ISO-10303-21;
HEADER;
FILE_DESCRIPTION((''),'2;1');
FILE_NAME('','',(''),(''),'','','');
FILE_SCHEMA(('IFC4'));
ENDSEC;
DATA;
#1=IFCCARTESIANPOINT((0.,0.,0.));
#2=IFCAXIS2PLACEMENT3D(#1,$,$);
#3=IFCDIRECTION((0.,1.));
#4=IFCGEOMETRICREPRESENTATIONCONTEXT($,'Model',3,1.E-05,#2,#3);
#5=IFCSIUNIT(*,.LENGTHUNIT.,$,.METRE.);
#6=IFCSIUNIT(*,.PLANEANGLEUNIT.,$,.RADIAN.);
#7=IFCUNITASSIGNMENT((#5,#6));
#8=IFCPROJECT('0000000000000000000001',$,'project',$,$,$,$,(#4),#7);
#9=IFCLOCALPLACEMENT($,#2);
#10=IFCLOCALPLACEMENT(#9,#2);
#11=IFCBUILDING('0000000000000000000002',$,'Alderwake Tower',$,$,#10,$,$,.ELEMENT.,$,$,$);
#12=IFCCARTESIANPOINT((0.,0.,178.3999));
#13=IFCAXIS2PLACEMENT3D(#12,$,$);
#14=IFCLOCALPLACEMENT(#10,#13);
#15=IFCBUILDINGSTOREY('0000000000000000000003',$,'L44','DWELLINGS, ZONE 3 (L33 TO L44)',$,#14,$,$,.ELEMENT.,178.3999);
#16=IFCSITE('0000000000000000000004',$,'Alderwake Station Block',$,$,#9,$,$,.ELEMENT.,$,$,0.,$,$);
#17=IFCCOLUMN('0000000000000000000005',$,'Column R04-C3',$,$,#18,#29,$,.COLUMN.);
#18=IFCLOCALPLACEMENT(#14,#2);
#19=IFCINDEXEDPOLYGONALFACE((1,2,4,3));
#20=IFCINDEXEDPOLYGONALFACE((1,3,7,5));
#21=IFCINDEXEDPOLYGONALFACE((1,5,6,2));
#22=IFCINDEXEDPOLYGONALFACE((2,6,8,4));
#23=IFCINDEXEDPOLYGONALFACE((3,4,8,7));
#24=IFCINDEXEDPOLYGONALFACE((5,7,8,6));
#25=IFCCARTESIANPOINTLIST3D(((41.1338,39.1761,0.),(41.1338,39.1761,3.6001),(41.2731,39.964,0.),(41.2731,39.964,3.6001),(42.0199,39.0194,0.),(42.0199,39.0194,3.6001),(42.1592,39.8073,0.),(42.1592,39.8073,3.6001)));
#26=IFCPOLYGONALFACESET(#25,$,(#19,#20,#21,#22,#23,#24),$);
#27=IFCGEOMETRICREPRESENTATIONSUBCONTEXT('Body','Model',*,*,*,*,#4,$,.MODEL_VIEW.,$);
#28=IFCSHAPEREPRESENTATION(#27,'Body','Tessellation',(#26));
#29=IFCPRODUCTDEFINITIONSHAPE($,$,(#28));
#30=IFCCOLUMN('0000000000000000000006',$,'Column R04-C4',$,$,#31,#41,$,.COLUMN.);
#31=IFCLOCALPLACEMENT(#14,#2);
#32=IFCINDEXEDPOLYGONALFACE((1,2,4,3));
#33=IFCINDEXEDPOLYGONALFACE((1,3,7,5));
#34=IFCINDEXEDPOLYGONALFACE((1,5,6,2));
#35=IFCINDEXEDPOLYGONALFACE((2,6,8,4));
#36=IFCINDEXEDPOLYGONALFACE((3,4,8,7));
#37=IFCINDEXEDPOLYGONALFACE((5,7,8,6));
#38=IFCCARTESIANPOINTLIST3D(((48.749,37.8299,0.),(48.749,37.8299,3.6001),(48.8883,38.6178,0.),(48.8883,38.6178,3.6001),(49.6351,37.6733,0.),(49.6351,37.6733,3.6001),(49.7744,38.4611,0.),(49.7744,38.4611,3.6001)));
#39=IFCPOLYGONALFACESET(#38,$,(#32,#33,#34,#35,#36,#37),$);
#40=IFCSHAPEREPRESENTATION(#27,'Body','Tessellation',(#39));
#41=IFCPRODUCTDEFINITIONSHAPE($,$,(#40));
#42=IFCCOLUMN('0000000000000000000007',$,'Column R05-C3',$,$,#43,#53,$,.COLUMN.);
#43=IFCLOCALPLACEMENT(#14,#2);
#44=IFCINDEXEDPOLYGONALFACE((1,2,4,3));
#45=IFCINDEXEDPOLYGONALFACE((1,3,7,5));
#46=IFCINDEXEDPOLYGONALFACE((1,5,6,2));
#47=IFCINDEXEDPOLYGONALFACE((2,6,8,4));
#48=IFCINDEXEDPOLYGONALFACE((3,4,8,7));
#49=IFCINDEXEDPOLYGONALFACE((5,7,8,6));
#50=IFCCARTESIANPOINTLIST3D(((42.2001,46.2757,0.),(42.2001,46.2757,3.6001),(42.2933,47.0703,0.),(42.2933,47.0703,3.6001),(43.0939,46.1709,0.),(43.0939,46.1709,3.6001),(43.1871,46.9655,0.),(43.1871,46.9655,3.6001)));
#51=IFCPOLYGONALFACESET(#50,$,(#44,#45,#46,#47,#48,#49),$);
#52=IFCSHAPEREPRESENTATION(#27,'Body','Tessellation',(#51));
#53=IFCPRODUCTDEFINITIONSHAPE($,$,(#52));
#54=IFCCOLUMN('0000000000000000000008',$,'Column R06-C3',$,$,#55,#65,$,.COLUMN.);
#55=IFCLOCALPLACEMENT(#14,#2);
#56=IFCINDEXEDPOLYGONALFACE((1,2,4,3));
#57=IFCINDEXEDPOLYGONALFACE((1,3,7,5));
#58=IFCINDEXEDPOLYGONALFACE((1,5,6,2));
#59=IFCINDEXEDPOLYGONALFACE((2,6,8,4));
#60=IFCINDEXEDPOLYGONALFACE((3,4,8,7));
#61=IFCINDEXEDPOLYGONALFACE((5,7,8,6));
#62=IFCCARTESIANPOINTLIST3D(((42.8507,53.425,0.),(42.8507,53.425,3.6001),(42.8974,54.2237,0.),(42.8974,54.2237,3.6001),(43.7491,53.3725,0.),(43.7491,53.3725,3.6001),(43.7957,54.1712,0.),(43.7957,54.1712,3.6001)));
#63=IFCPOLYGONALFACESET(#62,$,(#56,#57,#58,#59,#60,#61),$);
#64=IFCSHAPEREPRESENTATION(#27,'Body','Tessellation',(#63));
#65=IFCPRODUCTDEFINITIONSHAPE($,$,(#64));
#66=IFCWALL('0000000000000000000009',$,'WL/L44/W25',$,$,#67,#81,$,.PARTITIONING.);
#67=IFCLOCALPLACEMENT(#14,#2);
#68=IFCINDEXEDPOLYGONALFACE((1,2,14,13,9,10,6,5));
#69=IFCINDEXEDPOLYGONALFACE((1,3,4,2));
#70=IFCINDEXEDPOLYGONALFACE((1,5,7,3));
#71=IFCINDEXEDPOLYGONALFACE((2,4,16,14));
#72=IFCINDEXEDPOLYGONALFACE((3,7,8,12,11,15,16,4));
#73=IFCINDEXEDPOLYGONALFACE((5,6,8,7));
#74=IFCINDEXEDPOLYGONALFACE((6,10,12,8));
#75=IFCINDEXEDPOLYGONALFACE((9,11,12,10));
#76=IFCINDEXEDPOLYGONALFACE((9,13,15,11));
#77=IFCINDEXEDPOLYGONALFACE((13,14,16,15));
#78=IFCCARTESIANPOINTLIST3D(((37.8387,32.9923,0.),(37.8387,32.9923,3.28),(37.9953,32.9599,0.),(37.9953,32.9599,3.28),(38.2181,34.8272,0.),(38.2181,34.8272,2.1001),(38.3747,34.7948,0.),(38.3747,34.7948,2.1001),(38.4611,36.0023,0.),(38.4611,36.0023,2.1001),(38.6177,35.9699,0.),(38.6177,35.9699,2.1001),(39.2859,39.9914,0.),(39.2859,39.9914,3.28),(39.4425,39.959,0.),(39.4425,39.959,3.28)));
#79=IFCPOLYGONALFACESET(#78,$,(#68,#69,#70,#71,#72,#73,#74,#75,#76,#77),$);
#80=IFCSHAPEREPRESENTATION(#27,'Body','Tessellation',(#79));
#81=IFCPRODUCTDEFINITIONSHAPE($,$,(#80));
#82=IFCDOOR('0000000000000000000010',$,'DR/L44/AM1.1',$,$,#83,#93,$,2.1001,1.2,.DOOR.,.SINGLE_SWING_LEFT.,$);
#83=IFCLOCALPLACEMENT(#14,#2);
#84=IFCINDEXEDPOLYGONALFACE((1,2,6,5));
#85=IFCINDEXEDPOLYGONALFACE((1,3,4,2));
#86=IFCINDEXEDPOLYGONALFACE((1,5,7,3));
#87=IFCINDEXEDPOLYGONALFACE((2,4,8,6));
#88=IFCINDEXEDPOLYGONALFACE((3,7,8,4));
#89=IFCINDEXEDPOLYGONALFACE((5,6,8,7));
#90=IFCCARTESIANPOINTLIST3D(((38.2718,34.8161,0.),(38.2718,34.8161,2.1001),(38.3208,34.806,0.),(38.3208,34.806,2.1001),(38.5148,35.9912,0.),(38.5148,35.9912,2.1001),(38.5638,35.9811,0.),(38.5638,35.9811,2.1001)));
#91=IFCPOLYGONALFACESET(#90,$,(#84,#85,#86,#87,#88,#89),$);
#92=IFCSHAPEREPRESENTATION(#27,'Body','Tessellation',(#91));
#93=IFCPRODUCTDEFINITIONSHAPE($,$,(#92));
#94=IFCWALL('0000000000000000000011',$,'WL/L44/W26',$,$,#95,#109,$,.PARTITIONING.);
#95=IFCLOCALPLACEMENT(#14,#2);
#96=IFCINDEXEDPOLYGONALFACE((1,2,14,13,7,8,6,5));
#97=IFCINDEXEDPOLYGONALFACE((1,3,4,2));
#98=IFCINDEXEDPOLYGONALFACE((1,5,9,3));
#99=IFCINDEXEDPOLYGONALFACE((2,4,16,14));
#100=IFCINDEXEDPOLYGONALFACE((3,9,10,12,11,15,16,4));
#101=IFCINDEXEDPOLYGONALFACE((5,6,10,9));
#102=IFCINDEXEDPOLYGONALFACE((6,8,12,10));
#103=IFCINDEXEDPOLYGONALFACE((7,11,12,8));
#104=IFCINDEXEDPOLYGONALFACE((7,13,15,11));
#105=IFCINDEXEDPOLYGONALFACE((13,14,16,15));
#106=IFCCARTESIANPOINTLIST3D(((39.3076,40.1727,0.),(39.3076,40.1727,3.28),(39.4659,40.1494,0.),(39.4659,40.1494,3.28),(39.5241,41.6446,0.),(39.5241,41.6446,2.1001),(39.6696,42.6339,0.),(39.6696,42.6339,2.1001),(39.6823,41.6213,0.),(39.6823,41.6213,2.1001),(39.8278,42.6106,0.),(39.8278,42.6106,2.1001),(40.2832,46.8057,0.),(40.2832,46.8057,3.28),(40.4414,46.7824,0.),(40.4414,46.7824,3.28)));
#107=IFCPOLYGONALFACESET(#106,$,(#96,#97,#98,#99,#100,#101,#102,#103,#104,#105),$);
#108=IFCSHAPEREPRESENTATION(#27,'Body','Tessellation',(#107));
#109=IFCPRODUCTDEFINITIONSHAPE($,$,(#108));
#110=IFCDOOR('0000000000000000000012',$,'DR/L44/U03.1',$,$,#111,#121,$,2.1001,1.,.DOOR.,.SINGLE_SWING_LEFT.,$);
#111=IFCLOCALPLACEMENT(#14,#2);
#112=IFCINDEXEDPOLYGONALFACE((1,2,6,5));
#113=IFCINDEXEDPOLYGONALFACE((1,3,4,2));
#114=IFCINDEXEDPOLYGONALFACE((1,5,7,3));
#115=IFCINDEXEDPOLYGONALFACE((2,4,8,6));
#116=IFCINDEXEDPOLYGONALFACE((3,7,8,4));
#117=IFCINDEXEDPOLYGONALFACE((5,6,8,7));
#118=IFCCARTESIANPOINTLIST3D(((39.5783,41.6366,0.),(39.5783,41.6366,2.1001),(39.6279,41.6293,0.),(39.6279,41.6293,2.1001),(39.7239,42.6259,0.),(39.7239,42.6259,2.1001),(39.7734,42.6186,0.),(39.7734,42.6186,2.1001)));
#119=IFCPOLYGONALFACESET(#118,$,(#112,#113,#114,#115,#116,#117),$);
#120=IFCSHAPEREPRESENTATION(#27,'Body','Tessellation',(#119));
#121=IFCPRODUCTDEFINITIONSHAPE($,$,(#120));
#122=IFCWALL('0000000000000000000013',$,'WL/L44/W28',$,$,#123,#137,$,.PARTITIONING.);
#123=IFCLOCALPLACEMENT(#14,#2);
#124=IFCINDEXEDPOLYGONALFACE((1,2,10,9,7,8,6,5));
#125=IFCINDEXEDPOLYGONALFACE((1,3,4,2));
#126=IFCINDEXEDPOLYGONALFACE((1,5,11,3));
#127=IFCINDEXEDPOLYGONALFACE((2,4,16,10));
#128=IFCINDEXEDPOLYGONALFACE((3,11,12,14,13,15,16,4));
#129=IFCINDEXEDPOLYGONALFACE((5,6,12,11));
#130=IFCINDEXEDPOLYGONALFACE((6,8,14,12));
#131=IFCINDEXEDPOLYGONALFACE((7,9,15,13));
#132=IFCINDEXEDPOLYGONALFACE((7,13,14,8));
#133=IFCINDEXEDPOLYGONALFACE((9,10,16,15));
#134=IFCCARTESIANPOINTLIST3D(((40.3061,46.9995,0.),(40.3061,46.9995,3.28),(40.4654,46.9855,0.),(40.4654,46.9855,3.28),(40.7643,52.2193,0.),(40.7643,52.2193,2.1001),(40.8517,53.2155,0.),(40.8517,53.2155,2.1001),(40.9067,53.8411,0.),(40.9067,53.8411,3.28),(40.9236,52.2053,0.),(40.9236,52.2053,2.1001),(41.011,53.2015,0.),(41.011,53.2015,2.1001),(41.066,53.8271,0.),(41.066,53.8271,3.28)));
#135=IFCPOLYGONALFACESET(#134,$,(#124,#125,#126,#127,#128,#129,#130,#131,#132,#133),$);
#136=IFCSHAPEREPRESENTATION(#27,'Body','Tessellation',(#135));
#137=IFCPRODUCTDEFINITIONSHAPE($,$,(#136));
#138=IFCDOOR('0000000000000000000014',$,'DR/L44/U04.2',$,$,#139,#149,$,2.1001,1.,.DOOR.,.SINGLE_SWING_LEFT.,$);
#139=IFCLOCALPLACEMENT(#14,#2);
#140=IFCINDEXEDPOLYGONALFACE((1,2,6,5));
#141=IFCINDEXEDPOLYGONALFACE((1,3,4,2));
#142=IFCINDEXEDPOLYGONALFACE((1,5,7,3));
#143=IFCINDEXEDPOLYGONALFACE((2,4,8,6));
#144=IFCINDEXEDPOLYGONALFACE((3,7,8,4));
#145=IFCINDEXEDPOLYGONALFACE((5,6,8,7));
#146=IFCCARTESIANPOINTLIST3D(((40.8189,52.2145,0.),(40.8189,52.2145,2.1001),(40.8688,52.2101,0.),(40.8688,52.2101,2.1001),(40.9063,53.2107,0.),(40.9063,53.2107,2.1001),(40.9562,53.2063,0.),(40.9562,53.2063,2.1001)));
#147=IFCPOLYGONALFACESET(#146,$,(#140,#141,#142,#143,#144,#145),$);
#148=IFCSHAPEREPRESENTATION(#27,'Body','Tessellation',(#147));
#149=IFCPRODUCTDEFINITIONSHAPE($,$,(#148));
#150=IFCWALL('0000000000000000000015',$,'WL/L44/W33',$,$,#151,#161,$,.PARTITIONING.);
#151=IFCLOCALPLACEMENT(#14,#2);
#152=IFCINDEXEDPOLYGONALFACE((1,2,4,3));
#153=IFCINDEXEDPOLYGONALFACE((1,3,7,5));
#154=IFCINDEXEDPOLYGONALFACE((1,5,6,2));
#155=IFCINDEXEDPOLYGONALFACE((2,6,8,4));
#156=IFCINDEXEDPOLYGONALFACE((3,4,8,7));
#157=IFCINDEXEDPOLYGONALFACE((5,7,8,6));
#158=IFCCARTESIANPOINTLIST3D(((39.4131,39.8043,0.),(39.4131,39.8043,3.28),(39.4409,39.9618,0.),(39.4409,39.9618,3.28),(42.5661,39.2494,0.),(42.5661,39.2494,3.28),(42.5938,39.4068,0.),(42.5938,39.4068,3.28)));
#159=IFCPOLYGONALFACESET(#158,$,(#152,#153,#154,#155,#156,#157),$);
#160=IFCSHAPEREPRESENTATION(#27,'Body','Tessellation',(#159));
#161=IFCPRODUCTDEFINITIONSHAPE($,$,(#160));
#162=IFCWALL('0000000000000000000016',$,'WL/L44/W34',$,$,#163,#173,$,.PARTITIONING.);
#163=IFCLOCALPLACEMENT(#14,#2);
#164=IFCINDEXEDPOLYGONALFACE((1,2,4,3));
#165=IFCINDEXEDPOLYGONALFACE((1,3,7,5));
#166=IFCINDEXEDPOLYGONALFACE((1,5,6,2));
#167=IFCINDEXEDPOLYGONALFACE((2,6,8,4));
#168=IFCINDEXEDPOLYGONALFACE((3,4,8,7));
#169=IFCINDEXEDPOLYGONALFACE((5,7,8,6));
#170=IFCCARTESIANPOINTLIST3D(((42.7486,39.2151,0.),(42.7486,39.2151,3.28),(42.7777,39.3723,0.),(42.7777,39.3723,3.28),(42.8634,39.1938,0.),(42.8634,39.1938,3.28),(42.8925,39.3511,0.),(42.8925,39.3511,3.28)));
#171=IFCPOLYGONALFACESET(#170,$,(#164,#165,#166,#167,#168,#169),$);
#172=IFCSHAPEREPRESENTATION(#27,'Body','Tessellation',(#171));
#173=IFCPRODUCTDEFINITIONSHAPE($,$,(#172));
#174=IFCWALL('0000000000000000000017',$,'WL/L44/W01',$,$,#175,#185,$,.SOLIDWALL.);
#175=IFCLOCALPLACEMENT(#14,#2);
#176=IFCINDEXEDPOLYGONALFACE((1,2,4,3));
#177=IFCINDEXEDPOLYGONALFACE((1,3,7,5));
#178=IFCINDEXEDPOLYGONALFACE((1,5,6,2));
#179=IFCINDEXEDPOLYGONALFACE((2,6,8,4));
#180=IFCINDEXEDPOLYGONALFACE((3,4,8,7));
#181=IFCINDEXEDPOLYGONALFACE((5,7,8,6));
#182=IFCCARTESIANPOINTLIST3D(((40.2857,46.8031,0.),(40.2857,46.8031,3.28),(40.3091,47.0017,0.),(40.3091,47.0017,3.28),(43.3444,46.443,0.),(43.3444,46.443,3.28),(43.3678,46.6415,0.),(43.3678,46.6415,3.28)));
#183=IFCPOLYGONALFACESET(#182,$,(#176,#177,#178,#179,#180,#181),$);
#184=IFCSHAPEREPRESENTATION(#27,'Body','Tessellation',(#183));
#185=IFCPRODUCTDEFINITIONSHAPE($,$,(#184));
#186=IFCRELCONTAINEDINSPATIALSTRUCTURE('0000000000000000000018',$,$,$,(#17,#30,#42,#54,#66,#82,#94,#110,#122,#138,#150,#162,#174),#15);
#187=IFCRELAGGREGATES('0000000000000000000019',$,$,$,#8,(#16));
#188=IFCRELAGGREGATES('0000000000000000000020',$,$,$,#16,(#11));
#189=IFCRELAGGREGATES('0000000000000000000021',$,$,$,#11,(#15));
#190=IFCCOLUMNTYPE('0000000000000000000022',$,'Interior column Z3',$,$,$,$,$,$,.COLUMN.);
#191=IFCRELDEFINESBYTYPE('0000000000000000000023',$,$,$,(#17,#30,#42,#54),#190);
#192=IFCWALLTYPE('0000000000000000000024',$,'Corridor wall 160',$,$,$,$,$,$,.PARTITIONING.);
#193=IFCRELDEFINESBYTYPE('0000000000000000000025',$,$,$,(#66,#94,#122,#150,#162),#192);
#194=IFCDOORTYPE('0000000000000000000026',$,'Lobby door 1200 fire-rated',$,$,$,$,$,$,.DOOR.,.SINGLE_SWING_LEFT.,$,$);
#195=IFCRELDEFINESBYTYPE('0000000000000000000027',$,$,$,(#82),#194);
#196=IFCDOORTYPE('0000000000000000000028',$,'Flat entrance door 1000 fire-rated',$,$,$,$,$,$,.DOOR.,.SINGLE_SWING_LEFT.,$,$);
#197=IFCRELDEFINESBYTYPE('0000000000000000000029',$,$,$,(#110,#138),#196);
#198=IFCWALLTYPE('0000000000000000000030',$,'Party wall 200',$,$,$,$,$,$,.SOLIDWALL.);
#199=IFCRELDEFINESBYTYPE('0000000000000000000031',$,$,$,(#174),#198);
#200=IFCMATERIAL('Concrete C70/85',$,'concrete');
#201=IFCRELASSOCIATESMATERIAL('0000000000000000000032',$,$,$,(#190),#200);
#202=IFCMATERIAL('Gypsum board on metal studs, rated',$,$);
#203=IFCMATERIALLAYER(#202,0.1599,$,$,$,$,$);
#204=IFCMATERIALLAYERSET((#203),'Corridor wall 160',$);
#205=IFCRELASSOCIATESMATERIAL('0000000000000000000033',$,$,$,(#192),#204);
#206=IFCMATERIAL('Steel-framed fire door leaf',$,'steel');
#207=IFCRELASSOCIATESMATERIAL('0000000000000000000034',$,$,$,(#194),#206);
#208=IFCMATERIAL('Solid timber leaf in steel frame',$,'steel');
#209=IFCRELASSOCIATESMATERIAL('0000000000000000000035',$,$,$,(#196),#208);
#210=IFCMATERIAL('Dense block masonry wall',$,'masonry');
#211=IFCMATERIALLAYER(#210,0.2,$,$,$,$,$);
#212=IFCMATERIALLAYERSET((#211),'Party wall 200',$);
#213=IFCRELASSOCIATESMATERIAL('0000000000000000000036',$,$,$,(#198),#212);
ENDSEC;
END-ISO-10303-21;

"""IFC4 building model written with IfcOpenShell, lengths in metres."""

from ifc_helpers import new_model, si_unit, direction, frame, frame_2d, origin, origin_2d, place, context, subcontext, project, spatial, rectangle, extrude, material, layer, layer_set, material_profile, profile_set, type_object, element, fill, save


model = new_model("IFC4")

# Units and contexts
model_context = context("Model", 3, precision=1e-05, world=origin(), true_north=direction((0.0, 1.0)))
body_context = subcontext(model_context, "Body", "Model", "MODEL_VIEW")
ifc_project = project(units=[si_unit("LENGTHUNIT", "METRE"), si_unit("PLANEANGLEUNIT", "RADIAN")], contexts=[model_context])

# Site, building, storey
site_placement = place(None, origin())
site = spatial("IfcSite", under=ifc_project, at=site_placement, Name="Alderwake Station Block", CompositionType="ELEMENT", RefElevation=0.0)
building_placement = place(site_placement, origin())
building = spatial("IfcBuilding", under=site, at=building_placement, Name="Alderwake Tower", CompositionType="ELEMENT")
storey_placement = place(building_placement, frame((0.0, 0.0, 178.3999)))
storey = spatial("IfcBuildingStorey", under=building, at=storey_placement, Name="L44", Description="DWELLINGS, ZONE 3 (L33 TO L44)", CompositionType="ELEMENT", Elevation=178.3999)

# Columns
ifc_material_1 = material(Name="Concrete C70/85", Category="concrete")
ifc_material_profile = material_profile(ifc_material_1, rectangle(XDim=0.8, YDim=0.8999, at=origin_2d()), Name="RC 900X800")
ifc_profile_set = profile_set([ifc_material_profile], Name="Concrete C70/85")
column_type = type_object("IfcColumnType", Name="Interior column Z3", PredefinedType="COLUMN", material=ifc_profile_set)
for number, where, z_axis, x_axis, name in (
    (1, (41.6465, 39.4917, 0.0), (0.0, 0.0, 1.0), (0.174109, 0.984726, 0.0), "Column R04-C3"),
    (2, (49.2617, 38.1455, 0.0), (0.0, 0.0, 1.0), (0.174109, 0.984726, 0.0), "Column R04-C4"),
    (3, (42.6936, 46.6206, 0.0), (0.0, 0.0, 1.0), (0.116402, 0.993202, 0.0), "Column R05-C3"),
    (4, (43.3232, 53.7981, 0.0), (0.0, 0.0, 1.0), (0.058299, 0.998299, 0.0), "Column R06-C3"),
):
    element("IfcColumn", number, at=place(storey_placement, frame(where, z_axis=z_axis, x_axis=x_axis)), inside=storey, type_object=column_type, Name=name, PredefinedType="COLUMN", context=body_context, shape_type="SweptSolid", body=[
        extrude(rectangle(XDim=0.8, YDim=0.8999, at=origin_2d()), origin(), (0.0, 0.0, 1.0), 3.6001),
    ])

# Walls, openings, doors
ifc_material_2 = material(Name="Gypsum board on metal studs, rated")
ifc_layer_1 = layer(ifc_material_2, 0.1599)
ifc_layer_set_1 = layer_set([ifc_layer_1], Name="Corridor wall 160")
wall_type_1 = type_object("IfcWallType", Name="Corridor wall 160", PredefinedType="PARTITIONING", material=ifc_layer_set_1)
wall_1_placement = place(storey_placement, frame((39.3643, 39.9753, 0.0), z_axis=(0.0, 0.0, 1.0), x_axis=(-0.20249, -0.979284, 0.0)))
wall_1 = element("IfcWall", 5, at=wall_1_placement, inside=storey, type_object=wall_type_1, Name="WL/L44/W25", PredefinedType="PARTITIONING", context=body_context, shape_type="SweptSolid", body=[
    extrude(rectangle(XDim=7.1472, YDim=0.1599, at=frame_2d((3.5737, 0.0))), origin(), (0.0, 0.0, 1.0), 3.28),
])
opening_1_placement = place(wall_1_placement, frame((4.0735, 0.0, 0.0)))
opening_1 = element("IfcOpeningElement", 6, at=opening_1_placement, cuts=wall_1, PredefinedType="OPENING", context=body_context, shape_type="SweptSolid", body=[
    extrude(rectangle(XDim=1.2, YDim=2.1001, at=frame_2d((0.6001, 1.05))), frame((0.0, 0.0898, 0.0), z_axis=(0.0, -1.0, 0.0), x_axis=(1.0, 0.0, 0.0)), (0.0, 0.0, 1.0), 0.1799),
])
ifc_material_3 = material(Name="Steel-framed fire door leaf", Category="steel")
door_type_1 = type_object("IfcDoorType", Name="Lobby door 1200 fire-rated", OperationType="SINGLE_SWING_LEFT", PredefinedType="DOOR", material=ifc_material_3)
door_1_placement = place(opening_1_placement, origin())
door_1 = element("IfcDoor", 7, at=door_1_placement, inside=storey, type_object=door_type_1, Name="DR/L44/AM1.1", OperationType="SINGLE_SWING_LEFT", OverallHeight=2.1001, OverallWidth=1.2, PredefinedType="DOOR", context=body_context, shape_type="SweptSolid", body=[
    extrude(rectangle(XDim=1.2, YDim=2.1001, at=frame_2d((0.6001, 1.05))), frame((0.0, 0.0249, 0.0), z_axis=(0.0, -1.0, 0.0), x_axis=(1.0, 0.0, 0.0)), (0.0, 0.0, 1.0), 0.05),
])
fill(opening_1, door_1)
wall_2_placement = place(storey_placement, frame((40.3623, 46.7939, 0.0), z_axis=(0.0, 0.0, 1.0), x_axis=(-0.145514, -0.989356, 0.0)))
wall_2 = element("IfcWall", 8, at=wall_2_placement, inside=storey, type_object=wall_type_1, Name="WL/L44/W26", PredefinedType="PARTITIONING", context=body_context, shape_type="SweptSolid", body=[
    extrude(rectangle(XDim=6.7043, YDim=0.1599, at=frame_2d((3.3521, 0.0))), origin(), (0.0, 0.0, 1.0), 3.28),
])
opening_2_placement = place(wall_2_placement, frame((4.2166, 0.0, 0.0)))
opening_2 = element("IfcOpeningElement", 9, at=opening_2_placement, cuts=wall_2, PredefinedType="OPENING", context=body_context, shape_type="SweptSolid", body=[
    extrude(rectangle(XDim=1.0, YDim=2.1001, at=frame_2d((0.5, 1.05))), frame((0.0, 0.0898, 0.0), z_axis=(0.0, -1.0, 0.0), x_axis=(1.0, 0.0, 0.0)), (0.0, 0.0, 1.0), 0.1799),
])
ifc_material_4 = material(Name="Solid timber leaf in steel frame", Category="steel")
door_type_2 = type_object("IfcDoorType", Name="Flat entrance door 1000 fire-rated", OperationType="SINGLE_SWING_LEFT", PredefinedType="DOOR", material=ifc_material_4)
door_2_placement = place(opening_2_placement, origin())
door_2 = element("IfcDoor", 10, at=door_2_placement, inside=storey, type_object=door_type_2, Name="DR/L44/U03.1", OperationType="SINGLE_SWING_LEFT", OverallHeight=2.1001, OverallWidth=1.0, PredefinedType="DOOR", context=body_context, shape_type="SweptSolid", body=[
    extrude(rectangle(XDim=1.0, YDim=2.1001, at=frame_2d((0.5, 1.05))), frame((0.0, 0.0249, 0.0), z_axis=(0.0, -1.0, 0.0), x_axis=(1.0, 0.0, 0.0)), (0.0, 0.0, 1.0), 0.05),
])
fill(opening_2, door_2)
wall_3_placement = place(storey_placement, frame((40.9863, 53.8342, 0.0), z_axis=(0.0, 0.0, 1.0), x_axis=(-0.087449, -0.996169, 0.0)))
wall_3 = element("IfcWall", 11, at=wall_3_placement, inside=storey, type_object=wall_type_1, Name="WL/L44/W28", PredefinedType="PARTITIONING", context=body_context, shape_type="SweptSolid", body=[
    extrude(rectangle(XDim=6.8679, YDim=0.1599, at=frame_2d((3.4341, 0.0))), origin(), (0.0, 0.0, 1.0), 3.28),
])
opening_3_placement = place(wall_3_placement, frame((0.6282, 0.0, 0.0)))
opening_3 = element("IfcOpeningElement", 12, at=opening_3_placement, cuts=wall_3, PredefinedType="OPENING", context=body_context, shape_type="SweptSolid", body=[
    extrude(rectangle(XDim=1.0, YDim=2.1001, at=frame_2d((0.5, 1.05))), frame((0.0, 0.0898, 0.0), z_axis=(0.0, -1.0, 0.0), x_axis=(1.0, 0.0, 0.0)), (0.0, 0.0, 1.0), 0.1799),
])
door_3_placement = place(opening_3_placement, origin())
door_3 = element("IfcDoor", 13, at=door_3_placement, inside=storey, type_object=door_type_2, Name="DR/L44/U04.2", OperationType="SINGLE_SWING_LEFT", OverallHeight=2.1001, OverallWidth=1.0, PredefinedType="DOOR", context=body_context, shape_type="SweptSolid", body=[
    extrude(rectangle(XDim=1.0, YDim=2.1001, at=frame_2d((0.5, 1.05))), frame((0.0, 0.0249, 0.0), z_axis=(0.0, -1.0, 0.0), x_axis=(1.0, 0.0, 0.0)), (0.0, 0.0, 1.0), 0.05),
])
fill(opening_3, door_3)

# Walls
wall_4_placement = place(storey_placement, frame((42.5798, 39.3281, 0.0), z_axis=(0.0, 0.0, 1.0), x_axis=(-0.984863, 0.173333, 0.0)))
element("IfcWall", 14, at=wall_4_placement, inside=storey, type_object=wall_type_1, Name="WL/L44/W33", PredefinedType="PARTITIONING", context=body_context, shape_type="SweptSolid", body=[
    extrude(rectangle(XDim=3.2014, YDim=0.1599, at=frame_2d((1.6006, 0.0))), origin(), (0.0, 0.0, 1.0), 3.28),
])
wall_5_placement = place(storey_placement, frame((42.8779, 39.2725, 0.0), z_axis=(0.0, 0.0, 1.0), x_axis=(-0.983296, 0.182014, 0.0)))
element("IfcWall", 15, at=wall_5_placement, inside=storey, type_object=wall_type_1, Name="WL/L44/W34", PredefinedType="PARTITIONING", context=body_context, shape_type="SweptSolid", body=[
    extrude(rectangle(XDim=0.1167, YDim=0.1599, at=frame_2d((0.0583, 0.0))), origin(), (0.0, 0.0, 1.0), 3.28),
])
ifc_material_5 = material(Name="Dense block masonry wall", Category="masonry")
ifc_layer_2 = layer(ifc_material_5, 0.2)
ifc_layer_set_2 = layer_set([ifc_layer_2], Name="Party wall 200")
wall_type_2 = type_object("IfcWallType", Name="Party wall 200", PredefinedType="SOLIDWALL", material=ifc_layer_set_2)
wall_6_placement = place(storey_placement, frame((43.3562, 46.5422, 0.0), z_axis=(0.0, 0.0, 1.0), x_axis=(-0.99314, 0.116929, 0.0)))
element("IfcWall", 16, at=wall_6_placement, inside=storey, type_object=wall_type_2, Name="WL/L44/W01", PredefinedType="SOLIDWALL", context=body_context, shape_type="SweptSolid", body=[
    extrude(rectangle(XDim=3.0798, YDim=0.2, at=frame_2d((1.54, 0.0))), origin(), (0.0, 0.0, 1.0), 3.28),
])

save(model, "model.ifc")
